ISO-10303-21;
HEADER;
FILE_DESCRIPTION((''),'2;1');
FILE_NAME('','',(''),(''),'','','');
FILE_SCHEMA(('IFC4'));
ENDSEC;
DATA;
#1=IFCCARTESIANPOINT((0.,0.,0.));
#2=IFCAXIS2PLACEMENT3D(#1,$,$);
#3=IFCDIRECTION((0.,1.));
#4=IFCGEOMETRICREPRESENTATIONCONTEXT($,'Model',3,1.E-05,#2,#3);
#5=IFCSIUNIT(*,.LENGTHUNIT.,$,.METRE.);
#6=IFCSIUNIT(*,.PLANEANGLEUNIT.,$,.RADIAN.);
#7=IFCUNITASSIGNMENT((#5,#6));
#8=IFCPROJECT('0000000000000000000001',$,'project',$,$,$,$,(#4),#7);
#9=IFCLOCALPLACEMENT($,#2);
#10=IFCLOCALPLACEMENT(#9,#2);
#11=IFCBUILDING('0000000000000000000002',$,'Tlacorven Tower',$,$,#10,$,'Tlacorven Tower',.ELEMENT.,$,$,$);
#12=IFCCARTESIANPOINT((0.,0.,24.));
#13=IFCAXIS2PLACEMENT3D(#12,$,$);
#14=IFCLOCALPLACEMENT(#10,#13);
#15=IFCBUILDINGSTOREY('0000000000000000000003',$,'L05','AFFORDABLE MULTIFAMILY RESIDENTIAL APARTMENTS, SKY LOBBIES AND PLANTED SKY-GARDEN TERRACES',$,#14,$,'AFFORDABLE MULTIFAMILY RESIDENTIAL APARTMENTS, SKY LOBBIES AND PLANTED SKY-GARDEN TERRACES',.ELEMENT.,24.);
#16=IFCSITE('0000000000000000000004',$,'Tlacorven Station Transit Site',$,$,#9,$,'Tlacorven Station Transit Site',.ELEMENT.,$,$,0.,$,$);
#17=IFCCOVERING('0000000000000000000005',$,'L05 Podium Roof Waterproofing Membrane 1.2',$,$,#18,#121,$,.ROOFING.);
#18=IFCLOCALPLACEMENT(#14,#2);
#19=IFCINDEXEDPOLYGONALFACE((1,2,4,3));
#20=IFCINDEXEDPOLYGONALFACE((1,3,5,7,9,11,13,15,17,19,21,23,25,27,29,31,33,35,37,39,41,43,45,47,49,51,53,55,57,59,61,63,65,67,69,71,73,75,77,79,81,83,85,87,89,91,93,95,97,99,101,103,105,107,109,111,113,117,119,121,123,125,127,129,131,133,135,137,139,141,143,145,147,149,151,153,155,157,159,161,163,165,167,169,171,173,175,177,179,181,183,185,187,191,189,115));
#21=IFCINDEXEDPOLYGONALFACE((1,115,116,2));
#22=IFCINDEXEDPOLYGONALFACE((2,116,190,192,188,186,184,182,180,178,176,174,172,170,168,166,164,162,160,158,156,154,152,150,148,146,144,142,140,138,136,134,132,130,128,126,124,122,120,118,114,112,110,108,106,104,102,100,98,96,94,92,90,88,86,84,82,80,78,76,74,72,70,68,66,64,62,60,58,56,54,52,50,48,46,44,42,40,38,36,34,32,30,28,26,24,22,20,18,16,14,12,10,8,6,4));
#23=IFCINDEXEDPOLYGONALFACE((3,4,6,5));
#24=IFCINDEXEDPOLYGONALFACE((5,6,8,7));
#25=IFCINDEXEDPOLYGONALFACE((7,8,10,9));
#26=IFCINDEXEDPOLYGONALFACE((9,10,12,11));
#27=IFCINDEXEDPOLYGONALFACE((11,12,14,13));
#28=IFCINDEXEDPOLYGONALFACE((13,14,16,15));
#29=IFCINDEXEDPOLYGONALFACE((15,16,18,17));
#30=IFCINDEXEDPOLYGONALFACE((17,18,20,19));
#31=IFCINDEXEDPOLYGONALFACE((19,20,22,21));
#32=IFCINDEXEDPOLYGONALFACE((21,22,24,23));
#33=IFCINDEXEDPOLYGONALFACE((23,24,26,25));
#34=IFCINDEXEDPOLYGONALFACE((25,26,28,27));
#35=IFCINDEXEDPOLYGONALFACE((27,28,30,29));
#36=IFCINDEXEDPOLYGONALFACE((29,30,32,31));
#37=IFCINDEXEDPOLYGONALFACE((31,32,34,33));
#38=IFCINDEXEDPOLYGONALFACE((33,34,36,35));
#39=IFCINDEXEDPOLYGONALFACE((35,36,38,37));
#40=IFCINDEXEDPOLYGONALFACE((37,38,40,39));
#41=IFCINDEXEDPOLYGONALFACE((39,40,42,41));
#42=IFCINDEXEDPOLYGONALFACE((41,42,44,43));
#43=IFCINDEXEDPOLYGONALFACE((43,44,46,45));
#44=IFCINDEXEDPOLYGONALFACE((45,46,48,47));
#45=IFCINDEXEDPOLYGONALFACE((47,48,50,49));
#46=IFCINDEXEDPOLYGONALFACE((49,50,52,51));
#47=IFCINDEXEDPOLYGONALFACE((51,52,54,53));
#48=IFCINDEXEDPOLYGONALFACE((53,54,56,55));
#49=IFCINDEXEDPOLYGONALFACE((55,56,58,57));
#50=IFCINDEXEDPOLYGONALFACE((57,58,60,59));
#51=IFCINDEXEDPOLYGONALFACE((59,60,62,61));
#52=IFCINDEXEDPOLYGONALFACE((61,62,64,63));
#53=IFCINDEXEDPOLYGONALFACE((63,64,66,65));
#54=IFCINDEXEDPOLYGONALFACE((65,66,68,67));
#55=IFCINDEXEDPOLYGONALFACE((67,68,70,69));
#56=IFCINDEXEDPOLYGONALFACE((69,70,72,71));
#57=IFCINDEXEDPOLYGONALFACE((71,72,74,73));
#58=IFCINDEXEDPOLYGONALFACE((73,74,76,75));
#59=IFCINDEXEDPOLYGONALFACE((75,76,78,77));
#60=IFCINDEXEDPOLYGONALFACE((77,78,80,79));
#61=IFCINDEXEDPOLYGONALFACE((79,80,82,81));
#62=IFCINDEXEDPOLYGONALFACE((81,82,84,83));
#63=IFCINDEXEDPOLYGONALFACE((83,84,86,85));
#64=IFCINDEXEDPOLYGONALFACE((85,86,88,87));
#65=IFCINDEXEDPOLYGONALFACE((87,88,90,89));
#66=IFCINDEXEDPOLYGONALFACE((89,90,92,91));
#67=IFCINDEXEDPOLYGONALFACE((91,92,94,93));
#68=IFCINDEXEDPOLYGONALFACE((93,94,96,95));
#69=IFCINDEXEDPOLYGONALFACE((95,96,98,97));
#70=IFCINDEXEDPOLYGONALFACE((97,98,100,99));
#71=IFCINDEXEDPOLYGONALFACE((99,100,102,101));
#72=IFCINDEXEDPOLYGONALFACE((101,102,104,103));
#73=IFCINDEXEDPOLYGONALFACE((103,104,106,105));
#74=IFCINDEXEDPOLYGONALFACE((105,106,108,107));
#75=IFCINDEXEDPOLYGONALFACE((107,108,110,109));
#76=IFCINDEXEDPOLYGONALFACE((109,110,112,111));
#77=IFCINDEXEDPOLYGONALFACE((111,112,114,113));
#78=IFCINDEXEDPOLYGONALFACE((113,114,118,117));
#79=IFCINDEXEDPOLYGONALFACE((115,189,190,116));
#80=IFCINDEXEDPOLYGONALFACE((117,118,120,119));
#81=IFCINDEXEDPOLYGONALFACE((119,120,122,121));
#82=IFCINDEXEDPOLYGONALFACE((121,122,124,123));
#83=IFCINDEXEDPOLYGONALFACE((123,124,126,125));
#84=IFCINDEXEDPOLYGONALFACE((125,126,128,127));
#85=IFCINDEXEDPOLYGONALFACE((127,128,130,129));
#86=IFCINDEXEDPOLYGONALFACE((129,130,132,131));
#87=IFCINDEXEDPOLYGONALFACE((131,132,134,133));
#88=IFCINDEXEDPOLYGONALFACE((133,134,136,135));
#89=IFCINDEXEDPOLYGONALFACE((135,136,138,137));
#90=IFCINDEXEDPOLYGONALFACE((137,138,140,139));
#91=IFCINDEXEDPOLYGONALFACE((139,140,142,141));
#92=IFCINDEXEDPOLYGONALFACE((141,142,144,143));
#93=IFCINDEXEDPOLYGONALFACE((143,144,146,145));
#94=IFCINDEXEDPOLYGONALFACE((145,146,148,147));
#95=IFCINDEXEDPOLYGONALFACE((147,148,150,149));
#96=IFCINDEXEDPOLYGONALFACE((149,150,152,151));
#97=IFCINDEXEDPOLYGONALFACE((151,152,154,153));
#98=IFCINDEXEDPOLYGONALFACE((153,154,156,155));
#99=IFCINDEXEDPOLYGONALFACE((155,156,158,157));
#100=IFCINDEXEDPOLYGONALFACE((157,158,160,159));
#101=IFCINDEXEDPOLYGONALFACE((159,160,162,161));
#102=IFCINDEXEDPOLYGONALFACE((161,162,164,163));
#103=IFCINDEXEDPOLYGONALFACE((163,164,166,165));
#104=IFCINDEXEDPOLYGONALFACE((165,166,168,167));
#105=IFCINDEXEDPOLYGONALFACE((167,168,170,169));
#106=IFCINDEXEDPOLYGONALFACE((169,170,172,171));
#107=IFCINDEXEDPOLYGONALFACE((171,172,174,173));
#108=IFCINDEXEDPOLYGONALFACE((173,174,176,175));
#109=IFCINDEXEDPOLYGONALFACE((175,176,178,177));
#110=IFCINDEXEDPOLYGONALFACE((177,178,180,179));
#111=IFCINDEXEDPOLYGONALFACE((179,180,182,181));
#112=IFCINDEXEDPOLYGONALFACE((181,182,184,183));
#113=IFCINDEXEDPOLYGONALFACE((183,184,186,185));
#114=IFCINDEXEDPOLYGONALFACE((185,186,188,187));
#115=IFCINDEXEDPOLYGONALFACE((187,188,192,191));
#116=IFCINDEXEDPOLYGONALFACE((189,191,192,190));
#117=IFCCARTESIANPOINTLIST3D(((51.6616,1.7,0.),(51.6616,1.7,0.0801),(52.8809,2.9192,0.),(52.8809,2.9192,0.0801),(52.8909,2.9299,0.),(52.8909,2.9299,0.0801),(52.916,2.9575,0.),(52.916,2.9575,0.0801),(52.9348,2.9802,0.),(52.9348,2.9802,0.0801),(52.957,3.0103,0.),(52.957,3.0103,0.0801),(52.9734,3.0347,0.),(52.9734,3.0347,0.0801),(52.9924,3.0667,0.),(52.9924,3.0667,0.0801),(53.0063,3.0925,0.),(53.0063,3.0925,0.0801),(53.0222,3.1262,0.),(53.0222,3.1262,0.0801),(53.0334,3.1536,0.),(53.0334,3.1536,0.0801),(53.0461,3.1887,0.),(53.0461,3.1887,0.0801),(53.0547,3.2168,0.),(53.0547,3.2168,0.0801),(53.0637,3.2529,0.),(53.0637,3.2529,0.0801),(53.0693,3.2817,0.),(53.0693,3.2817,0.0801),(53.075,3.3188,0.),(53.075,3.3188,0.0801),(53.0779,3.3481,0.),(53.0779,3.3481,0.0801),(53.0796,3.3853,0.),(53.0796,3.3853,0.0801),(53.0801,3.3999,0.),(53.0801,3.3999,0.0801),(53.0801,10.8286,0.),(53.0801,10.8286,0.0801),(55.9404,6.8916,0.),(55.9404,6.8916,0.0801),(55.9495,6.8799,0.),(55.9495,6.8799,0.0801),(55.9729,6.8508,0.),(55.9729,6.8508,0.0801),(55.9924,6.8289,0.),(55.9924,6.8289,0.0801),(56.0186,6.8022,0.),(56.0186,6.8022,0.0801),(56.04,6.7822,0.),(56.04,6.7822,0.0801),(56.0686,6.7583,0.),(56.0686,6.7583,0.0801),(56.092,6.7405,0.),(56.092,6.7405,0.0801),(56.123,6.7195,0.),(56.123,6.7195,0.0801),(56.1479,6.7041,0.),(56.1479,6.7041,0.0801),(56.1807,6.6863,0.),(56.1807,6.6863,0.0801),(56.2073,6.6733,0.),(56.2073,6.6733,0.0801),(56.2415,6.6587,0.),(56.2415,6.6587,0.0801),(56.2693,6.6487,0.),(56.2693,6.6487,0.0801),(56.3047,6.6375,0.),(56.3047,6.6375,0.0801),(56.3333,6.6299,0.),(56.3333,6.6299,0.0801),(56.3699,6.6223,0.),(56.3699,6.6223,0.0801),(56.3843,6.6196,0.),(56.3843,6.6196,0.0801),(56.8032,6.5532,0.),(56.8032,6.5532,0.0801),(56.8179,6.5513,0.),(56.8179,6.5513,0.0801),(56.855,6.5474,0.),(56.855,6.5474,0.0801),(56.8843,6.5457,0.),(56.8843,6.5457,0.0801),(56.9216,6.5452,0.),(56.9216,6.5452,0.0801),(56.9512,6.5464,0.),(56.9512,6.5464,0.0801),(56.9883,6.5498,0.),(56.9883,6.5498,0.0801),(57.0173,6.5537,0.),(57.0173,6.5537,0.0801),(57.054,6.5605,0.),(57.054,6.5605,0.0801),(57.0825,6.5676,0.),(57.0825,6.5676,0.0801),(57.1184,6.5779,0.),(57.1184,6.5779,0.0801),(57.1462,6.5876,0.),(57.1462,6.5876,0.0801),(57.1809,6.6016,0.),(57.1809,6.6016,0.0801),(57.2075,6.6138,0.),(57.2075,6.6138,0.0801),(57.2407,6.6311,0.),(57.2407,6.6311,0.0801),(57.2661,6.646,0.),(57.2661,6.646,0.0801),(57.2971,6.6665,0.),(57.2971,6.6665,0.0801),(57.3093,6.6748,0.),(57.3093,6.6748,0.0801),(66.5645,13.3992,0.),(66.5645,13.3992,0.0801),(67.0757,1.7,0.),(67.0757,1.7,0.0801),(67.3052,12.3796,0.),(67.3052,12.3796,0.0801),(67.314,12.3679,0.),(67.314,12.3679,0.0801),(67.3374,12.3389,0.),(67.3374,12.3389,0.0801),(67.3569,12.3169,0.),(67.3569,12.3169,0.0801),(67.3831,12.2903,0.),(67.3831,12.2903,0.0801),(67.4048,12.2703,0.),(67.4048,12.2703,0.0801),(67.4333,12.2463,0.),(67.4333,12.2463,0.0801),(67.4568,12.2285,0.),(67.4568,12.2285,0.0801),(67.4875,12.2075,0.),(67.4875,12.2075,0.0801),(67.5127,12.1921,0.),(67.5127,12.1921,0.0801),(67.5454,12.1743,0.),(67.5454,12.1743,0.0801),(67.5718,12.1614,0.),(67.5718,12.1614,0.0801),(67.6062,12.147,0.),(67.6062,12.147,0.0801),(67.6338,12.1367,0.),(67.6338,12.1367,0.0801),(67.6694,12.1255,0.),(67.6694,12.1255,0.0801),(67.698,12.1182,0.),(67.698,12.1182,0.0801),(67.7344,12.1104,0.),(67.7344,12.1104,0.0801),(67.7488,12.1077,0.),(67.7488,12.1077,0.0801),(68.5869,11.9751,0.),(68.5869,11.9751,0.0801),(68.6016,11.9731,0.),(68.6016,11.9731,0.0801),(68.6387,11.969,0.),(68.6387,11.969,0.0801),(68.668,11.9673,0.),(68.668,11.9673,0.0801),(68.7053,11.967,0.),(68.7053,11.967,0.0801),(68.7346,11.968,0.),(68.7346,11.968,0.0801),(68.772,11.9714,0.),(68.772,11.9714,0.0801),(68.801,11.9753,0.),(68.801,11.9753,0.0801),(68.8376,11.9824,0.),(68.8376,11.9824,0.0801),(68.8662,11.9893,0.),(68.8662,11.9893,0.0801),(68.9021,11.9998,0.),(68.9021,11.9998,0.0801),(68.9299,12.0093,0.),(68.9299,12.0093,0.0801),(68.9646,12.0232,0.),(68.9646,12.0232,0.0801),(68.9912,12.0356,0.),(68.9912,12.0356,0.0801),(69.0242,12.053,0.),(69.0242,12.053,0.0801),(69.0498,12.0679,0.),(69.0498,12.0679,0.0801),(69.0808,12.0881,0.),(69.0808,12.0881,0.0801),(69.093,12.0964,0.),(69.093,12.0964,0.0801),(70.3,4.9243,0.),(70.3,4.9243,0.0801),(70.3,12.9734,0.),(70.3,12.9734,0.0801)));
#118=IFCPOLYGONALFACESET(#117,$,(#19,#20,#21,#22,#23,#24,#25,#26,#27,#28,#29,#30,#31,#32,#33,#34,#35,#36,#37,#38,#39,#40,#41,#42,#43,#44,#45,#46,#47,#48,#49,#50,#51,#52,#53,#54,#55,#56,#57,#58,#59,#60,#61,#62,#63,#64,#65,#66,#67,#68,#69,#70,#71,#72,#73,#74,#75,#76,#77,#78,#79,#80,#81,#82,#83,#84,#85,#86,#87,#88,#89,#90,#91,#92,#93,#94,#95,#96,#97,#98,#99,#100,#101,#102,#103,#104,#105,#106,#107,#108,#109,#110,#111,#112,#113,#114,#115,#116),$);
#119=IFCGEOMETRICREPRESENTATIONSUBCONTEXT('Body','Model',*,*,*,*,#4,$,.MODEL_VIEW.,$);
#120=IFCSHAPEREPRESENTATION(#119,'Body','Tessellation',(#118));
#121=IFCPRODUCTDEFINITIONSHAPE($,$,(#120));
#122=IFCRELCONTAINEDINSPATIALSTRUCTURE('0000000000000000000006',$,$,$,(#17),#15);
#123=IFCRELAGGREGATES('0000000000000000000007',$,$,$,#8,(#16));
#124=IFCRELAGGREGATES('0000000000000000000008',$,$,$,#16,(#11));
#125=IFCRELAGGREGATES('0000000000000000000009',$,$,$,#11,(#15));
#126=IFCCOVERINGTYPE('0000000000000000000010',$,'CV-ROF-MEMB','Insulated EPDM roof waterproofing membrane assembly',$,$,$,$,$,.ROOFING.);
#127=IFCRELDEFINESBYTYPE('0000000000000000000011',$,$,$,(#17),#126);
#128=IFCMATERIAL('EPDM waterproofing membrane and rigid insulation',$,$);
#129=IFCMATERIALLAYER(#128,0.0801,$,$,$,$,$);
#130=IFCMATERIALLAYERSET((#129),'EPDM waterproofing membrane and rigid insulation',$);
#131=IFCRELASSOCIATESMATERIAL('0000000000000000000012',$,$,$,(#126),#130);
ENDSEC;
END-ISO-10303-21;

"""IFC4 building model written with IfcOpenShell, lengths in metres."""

from ifc_helpers import new_model, si_unit, direction, frame, origin, place, context, subcontext, project, spatial, polyline, outline, extrude, material, layer, layer_set, type_object, element, save


model = new_model("IFC4")

# Units and contexts
model_context = context("Model", 3, precision=1e-05, world=origin(), true_north=direction((0.0, 1.0)))
body_context = subcontext(model_context, "Body", "Model", "MODEL_VIEW")
ifc_project = project(units=[si_unit("LENGTHUNIT", "METRE"), si_unit("PLANEANGLEUNIT", "RADIAN")], contexts=[model_context])

# Site, building, storey
site_placement = place(None, origin())
site = spatial("IfcSite", under=ifc_project, at=site_placement, Name="Tlacorven Station Transit Site", LongName="Tlacorven Station Transit Site", CompositionType="ELEMENT", RefElevation=0.0)
building_placement = place(site_placement, origin())
building = spatial("IfcBuilding", under=site, at=building_placement, Name="Tlacorven Tower", LongName="Tlacorven Tower", CompositionType="ELEMENT")
storey_placement = place(building_placement, frame((0.0, 0.0, 24.0)))
storey = spatial("IfcBuildingStorey", under=building, at=storey_placement, Name="L05", Description="AFFORDABLE MULTIFAMILY RESIDENTIAL APARTMENTS, SKY LOBBIES AND PLANTED SKY-GARDEN TERRACES", LongName="AFFORDABLE MULTIFAMILY RESIDENTIAL APARTMENTS, SKY LOBBIES AND PLANTED SKY-GARDEN TERRACES", CompositionType="ELEMENT", Elevation=24.0)

# Covering
ifc_material_1 = material(Name="EPDM waterproofing membrane and rigid insulation")
ifc_layer_1 = layer(ifc_material_1, 0.0801)
ifc_layer_set_1 = layer_set([ifc_layer_1], Name="EPDM waterproofing membrane and rigid insulation")
covering_type_1 = type_object("IfcCoveringType", Name="CV-ROF-MEMB", Description="Insulated EPDM roof waterproofing membrane assembly", PredefinedType="ROOFING", material=ifc_layer_set_1)
covering_1_placement = place(storey_placement, origin())
element("IfcCovering", 1, at=covering_1_placement, inside=storey, type_object=covering_type_1, Name="L05 Podium Roof Waterproofing Membrane 1.2", PredefinedType="ROOFING", context=body_context, shape_type="SweptSolid", body=[
    extrude(outline(polyline([(51.6616, 1.7), (52.8809, 2.9192), (52.8909, 2.9299), (52.916, 2.9575), (52.9348, 2.9802), (52.957, 3.0103), (52.9734, 3.0347), (52.9924, 3.0667), (53.0063, 3.0925), (53.0222, 3.1262), (53.0334, 3.1536), (53.0461, 3.1887), (53.0547, 3.2168), (53.0637, 3.2529), (53.0693, 3.2817), (53.075, 3.3188), (53.0779, 3.3481), (53.0796, 3.3853), (53.0801, 3.3999), (53.0801, 10.8286), (55.9404, 6.8916), (55.9495, 6.8799), (55.9729, 6.8508), (55.9924, 6.8289), (56.0186, 6.8022), (56.04, 6.7822), (56.0686, 6.7583), (56.092, 6.7405), (56.123, 6.7195), (56.1479, 6.7041), (56.1807, 6.6863), (56.2073, 6.6733), (56.2415, 6.6587), (56.2693, 6.6487), (56.3047, 6.6375), (56.3333, 6.6299), (56.3699, 6.6223), (56.3843, 6.6196), (56.8032, 6.5532), (56.8179, 6.5513), (56.855, 6.5474), (56.8843, 6.5457), (56.9216, 6.5452), (56.9512, 6.5464), (56.9883, 6.5498), (57.0173, 6.5537), (57.054, 6.5605), (57.0825, 6.5676), (57.1184, 6.5779), (57.1462, 6.5876), (57.1809, 6.6016), (57.2075, 6.6138), (57.2407, 6.6311), (57.2661, 6.646), (57.2971, 6.6665), (57.3093, 6.6748), (66.5645, 13.3992), (67.3052, 12.3796), (67.314, 12.3679), (67.3374, 12.3389), (67.3569, 12.3169), (67.3831, 12.2903), (67.4048, 12.2703), (67.4333, 12.2463), (67.4568, 12.2285), (67.4875, 12.2075), (67.5127, 12.1921), (67.5454, 12.1743), (67.5718, 12.1614), (67.6062, 12.147), (67.6338, 12.1367), (67.6694, 12.1255), (67.698, 12.1182), (67.7344, 12.1104), (67.7488, 12.1077), (68.5869, 11.9751), (68.6016, 11.9731), (68.6387, 11.969), (68.668, 11.9673), (68.7053, 11.967), (68.7346, 11.968), (68.772, 11.9714), (68.801, 11.9753), (68.8376, 11.9824), (68.8662, 11.9893), (68.9021, 11.9998), (68.9299, 12.0093), (68.9646, 12.0232), (68.9912, 12.0356), (69.0242, 12.053), (69.0498, 12.0679), (69.0808, 12.0881), (69.093, 12.0964), (70.3, 12.9734), (70.3, 4.9243), (67.0757, 1.7), (51.6616, 1.7)])), origin(), (0.0, 0.0, 1.0), 0.0801),
])

save(model, "model.ifc")
